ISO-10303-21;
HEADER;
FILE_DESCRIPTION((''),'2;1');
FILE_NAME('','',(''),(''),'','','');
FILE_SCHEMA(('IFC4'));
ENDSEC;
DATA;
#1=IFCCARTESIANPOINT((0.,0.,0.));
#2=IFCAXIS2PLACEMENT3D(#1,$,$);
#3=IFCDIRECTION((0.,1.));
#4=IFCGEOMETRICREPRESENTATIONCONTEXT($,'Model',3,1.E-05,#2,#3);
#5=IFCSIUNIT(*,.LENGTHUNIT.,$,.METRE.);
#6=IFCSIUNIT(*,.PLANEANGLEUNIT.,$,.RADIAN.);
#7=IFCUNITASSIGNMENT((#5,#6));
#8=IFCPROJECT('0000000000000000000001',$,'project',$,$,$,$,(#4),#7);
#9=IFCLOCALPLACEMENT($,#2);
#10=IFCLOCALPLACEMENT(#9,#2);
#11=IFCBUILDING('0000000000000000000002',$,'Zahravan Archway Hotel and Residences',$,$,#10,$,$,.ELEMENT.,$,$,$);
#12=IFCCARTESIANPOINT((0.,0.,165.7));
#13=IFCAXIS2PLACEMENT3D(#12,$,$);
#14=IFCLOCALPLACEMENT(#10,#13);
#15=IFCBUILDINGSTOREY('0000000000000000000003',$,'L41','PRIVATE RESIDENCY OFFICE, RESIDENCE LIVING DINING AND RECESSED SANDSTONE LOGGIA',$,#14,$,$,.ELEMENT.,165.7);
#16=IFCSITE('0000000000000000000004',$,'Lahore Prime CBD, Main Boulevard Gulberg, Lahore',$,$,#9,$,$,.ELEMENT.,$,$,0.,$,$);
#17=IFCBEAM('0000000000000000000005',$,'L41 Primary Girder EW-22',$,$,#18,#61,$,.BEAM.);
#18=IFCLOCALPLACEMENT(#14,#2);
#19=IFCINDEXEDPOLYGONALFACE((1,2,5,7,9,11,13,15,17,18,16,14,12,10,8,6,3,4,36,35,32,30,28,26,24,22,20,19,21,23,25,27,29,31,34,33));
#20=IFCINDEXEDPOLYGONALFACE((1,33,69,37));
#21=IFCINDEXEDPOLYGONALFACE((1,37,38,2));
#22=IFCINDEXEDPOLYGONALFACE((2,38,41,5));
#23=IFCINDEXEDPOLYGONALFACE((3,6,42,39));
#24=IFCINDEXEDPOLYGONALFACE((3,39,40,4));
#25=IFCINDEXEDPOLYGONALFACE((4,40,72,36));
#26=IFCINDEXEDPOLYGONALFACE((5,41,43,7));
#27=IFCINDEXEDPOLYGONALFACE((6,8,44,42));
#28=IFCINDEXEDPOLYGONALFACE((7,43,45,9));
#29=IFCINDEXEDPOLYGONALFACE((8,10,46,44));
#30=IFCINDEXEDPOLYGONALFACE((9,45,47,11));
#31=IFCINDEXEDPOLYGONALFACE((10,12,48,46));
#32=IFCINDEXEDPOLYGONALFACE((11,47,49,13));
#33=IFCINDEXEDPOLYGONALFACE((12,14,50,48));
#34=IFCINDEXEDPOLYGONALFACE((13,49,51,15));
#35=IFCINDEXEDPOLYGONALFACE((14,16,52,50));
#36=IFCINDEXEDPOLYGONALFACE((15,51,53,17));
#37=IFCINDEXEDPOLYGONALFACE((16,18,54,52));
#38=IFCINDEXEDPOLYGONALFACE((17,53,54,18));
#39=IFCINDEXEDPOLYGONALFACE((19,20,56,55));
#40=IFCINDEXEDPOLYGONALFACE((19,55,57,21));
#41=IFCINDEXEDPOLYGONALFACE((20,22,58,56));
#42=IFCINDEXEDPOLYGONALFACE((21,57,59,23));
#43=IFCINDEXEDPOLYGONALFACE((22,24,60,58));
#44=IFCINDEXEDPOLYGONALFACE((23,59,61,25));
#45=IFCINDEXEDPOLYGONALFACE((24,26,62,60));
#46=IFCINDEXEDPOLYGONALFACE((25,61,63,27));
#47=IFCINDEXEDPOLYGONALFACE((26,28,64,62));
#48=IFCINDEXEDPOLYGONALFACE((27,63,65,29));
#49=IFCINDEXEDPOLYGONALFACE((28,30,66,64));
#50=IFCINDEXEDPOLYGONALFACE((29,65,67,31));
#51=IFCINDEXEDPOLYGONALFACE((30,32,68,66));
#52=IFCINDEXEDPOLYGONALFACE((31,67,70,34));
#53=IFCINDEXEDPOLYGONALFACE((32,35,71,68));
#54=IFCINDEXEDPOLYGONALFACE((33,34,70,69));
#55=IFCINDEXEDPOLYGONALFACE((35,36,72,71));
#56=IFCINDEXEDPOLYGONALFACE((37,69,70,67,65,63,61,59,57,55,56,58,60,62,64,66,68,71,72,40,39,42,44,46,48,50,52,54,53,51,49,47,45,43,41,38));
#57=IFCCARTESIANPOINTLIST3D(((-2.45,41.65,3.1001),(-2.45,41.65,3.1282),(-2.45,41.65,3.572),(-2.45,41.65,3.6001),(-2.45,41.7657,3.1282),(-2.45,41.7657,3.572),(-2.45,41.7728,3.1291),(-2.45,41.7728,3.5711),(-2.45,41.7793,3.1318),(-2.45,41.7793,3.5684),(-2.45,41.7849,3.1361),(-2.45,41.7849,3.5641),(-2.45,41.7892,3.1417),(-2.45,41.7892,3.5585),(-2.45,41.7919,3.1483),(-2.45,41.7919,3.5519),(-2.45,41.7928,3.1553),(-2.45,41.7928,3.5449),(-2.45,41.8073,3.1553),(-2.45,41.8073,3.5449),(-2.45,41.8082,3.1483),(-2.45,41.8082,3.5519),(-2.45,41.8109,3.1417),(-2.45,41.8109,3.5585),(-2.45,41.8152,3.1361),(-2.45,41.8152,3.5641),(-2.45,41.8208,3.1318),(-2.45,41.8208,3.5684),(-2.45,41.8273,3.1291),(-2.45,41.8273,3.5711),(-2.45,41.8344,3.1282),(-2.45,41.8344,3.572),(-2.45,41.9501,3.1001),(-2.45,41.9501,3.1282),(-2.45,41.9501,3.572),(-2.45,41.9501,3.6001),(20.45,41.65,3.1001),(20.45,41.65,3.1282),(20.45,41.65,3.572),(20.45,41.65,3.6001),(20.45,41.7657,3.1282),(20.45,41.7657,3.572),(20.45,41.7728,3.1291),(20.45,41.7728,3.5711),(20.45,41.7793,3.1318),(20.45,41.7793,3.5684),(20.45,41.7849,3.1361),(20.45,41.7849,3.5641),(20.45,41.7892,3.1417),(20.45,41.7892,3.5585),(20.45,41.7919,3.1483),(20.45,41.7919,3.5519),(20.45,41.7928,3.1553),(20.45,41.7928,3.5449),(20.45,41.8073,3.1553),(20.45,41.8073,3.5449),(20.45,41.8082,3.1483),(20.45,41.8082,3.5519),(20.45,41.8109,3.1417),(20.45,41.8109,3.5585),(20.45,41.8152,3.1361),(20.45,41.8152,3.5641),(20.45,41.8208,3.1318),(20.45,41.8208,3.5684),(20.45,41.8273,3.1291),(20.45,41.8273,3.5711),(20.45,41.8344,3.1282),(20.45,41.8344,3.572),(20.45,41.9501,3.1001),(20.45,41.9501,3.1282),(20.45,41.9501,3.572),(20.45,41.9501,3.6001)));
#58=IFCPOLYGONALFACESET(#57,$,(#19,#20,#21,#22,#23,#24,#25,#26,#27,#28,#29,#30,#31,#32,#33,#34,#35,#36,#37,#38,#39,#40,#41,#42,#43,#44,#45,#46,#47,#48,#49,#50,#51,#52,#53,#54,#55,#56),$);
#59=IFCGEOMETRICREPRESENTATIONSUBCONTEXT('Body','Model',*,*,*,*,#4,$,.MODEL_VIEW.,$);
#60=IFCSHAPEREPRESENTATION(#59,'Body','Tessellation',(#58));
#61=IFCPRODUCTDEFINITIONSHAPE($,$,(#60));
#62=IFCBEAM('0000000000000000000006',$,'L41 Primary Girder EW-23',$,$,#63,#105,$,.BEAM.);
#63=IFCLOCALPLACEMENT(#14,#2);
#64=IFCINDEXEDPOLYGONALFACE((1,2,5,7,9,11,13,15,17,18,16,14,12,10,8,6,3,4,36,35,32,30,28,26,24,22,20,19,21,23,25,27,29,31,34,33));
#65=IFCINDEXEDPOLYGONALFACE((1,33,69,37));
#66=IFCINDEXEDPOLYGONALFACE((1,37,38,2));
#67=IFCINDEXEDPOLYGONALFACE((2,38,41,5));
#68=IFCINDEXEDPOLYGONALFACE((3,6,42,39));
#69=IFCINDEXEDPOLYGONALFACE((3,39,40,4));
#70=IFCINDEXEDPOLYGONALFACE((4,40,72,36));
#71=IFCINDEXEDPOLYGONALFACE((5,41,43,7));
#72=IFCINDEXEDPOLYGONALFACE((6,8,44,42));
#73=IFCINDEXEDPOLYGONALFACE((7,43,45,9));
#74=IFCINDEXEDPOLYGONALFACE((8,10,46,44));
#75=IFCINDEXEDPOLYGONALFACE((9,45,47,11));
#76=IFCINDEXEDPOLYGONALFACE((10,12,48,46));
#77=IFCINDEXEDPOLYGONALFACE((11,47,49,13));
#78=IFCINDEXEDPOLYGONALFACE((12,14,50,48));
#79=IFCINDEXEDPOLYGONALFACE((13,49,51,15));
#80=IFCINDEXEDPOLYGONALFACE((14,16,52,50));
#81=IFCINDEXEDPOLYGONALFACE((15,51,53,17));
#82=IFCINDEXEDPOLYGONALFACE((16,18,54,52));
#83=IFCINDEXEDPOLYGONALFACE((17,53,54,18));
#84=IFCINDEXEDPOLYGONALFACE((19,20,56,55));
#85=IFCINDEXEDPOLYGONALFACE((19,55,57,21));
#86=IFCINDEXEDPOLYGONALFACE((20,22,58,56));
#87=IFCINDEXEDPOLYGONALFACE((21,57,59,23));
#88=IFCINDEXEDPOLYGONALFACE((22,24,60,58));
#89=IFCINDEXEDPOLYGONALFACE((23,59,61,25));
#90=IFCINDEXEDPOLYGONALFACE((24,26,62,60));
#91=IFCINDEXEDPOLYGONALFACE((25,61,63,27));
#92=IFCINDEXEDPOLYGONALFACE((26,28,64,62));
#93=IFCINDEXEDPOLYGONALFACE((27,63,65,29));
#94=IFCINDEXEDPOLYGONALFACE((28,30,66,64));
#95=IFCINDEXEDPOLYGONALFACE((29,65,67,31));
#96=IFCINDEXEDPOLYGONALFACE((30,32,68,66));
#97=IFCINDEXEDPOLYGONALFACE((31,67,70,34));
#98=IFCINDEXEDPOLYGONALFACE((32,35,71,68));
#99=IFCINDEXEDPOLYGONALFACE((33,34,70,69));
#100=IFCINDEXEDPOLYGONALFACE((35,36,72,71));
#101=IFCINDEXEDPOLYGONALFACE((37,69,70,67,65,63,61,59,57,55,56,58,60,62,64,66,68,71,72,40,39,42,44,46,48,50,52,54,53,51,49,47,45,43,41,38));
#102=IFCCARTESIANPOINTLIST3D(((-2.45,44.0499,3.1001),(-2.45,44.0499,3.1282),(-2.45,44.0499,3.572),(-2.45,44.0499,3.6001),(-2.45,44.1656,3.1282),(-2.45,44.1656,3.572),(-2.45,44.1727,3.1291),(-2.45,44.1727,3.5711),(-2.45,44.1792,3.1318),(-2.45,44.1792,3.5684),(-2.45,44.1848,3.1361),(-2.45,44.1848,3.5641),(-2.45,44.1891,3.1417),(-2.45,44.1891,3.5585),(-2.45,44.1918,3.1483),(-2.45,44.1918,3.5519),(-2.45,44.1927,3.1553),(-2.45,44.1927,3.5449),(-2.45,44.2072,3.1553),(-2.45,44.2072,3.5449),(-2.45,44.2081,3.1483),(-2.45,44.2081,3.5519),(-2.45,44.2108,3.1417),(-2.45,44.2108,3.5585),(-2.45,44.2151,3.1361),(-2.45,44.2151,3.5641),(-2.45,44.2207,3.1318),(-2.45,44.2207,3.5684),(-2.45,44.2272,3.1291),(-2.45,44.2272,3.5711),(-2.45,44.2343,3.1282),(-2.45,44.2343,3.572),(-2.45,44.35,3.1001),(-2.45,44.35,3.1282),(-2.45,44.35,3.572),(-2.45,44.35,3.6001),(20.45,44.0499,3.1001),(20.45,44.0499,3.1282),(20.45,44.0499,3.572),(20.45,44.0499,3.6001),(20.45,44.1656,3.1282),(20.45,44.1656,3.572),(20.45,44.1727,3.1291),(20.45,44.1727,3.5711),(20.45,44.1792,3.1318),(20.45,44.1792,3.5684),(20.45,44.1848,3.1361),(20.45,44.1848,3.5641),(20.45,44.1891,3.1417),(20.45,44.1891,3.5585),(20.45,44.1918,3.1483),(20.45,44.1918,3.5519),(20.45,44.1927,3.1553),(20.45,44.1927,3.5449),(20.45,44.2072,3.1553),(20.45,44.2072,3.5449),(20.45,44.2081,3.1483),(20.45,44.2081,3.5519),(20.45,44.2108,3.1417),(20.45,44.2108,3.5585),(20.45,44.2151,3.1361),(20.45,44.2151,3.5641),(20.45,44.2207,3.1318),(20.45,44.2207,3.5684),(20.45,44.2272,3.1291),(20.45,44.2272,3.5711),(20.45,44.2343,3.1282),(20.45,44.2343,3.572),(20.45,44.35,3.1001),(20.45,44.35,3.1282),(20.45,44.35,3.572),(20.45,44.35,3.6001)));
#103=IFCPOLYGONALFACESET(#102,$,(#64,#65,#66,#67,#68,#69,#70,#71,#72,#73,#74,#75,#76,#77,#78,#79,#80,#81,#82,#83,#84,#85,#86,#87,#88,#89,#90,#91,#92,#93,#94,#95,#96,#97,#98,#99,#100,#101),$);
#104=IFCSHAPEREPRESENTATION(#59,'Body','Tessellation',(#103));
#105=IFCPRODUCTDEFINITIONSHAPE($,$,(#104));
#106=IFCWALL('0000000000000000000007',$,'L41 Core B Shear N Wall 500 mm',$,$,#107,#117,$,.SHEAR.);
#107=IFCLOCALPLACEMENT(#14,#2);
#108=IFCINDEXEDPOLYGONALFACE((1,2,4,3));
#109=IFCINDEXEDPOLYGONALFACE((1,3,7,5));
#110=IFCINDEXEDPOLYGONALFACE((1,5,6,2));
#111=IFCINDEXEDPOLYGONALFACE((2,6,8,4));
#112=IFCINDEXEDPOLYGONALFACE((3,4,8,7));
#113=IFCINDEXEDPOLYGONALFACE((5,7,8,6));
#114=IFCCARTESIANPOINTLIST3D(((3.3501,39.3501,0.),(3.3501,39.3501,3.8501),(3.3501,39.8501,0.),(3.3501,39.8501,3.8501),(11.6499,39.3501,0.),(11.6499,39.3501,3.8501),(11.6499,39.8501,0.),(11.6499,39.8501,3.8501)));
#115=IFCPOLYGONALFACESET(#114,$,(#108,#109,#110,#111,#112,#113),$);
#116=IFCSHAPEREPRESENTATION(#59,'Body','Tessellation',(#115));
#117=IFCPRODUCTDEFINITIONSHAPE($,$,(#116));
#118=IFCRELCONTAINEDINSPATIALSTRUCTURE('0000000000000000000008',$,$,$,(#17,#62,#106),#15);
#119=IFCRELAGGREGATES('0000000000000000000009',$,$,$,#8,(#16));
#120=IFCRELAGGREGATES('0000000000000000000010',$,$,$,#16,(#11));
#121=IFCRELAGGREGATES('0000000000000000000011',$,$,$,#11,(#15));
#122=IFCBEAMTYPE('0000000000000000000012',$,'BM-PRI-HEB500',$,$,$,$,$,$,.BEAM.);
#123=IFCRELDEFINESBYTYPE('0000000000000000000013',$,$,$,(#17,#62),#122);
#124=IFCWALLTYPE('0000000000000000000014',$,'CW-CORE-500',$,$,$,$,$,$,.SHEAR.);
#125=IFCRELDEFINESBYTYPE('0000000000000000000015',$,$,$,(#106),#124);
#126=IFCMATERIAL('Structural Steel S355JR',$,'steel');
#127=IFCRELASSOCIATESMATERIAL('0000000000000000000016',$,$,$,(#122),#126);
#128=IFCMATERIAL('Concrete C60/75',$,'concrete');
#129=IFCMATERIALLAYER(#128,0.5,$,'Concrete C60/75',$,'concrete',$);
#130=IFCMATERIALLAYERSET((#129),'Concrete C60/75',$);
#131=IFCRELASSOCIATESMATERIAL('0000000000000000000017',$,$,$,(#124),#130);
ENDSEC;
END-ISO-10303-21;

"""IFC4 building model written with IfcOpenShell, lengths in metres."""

from ifc_helpers import new_model, si_unit, direction, frame, frame_2d, origin, origin_2d, place, context, subcontext, project, spatial, rectangle, i_section, extrude, source, transform, mapped, material, layer, layer_set, material_profile, profile_set, type_object, element, save


model = new_model("IFC4")

# Units and contexts
model_context = context("Model", 3, precision=1e-05, world=origin(), true_north=direction((0.0, 1.0)))
body_context = subcontext(model_context, "Body", "Model", "MODEL_VIEW")
ifc_project = project(units=[si_unit("LENGTHUNIT", "METRE"), si_unit("PLANEANGLEUNIT", "RADIAN")], contexts=[model_context])

# Site, building, storey
site_placement = place(None, origin())
site = spatial("IfcSite", under=ifc_project, at=site_placement, Name="Lahore Prime CBD, Main Boulevard Gulberg, Lahore", CompositionType="ELEMENT", RefElevation=0.0)
building_placement = place(site_placement, origin())
building = spatial("IfcBuilding", under=site, at=building_placement, Name="Zahravan Archway Hotel and Residences", CompositionType="ELEMENT")
storey_placement = place(building_placement, frame((0.0, 0.0, 165.7)))
storey = spatial("IfcBuildingStorey", under=building, at=storey_placement, Name="L41", Description="PRIVATE RESIDENCY OFFICE, RESIDENCE LIVING DINING AND RECESSED SANDSTONE LOGGIA", CompositionType="ELEMENT", Elevation=165.7)

# Shared definitions
ifc_material_1 = material(Name="Concrete C60/75", Category="concrete")

# Beams
ifc_material_2 = material(Name="Structural Steel S355JR", Category="steel")
ifc_material_profile_1 = material_profile(ifc_material_2, i_section(OverallWidth=0.3, OverallDepth=0.5, WebThickness=0.0144, FlangeThickness=0.0281, FilletRadius=0.0271, at=origin_2d()), Name="HEB 500", Category="steel")
ifc_profile_set_1 = profile_set([ifc_material_profile_1], Name="Structural Steel S355JR")
beam_type_1 = type_object("IfcBeamType", Name="BM-PRI-HEB500", PredefinedType="BEAM", material=ifc_profile_set_1)
shared_shape_1 = source(origin(), body_context, "Body", "SweptSolid", [
    extrude(i_section(OverallWidth=0.3, OverallDepth=0.5, WebThickness=0.0144, FlangeThickness=0.0281, FilletRadius=0.0271, at=origin_2d()), origin(), (0.0, 0.0, 1.0), 22.8999),
])
for number, where, z_axis, x_axis, name in (
    (1, (-2.45, 41.8, 3.3501), (1.0, 0.0, 0.0), (0.0, 1.0, 0.0), "L41 Primary Girder EW-22"),
    (2, (-2.45, 44.2, 3.3501), (1.0, 0.0, 0.0), (0.0, 1.0, 0.0), "L41 Primary Girder EW-23"),
):
    element("IfcBeam", number, at=place(storey_placement, frame(where, z_axis=z_axis, x_axis=x_axis)), inside=storey, type_object=beam_type_1, Name=name, PredefinedType="BEAM", context=body_context, shape_type="MappedRepresentation", body=[
        mapped(shared_shape_1, transform((0.0, 0.0, 0.0), scale=1.0)),
    ])

# Wall
ifc_layer_1 = layer(ifc_material_1, 0.5, Name="Concrete C60/75", Category="concrete")
ifc_layer_set_1 = layer_set([ifc_layer_1], Name="Concrete C60/75")
wall_type_1 = type_object("IfcWallType", Name="CW-CORE-500", PredefinedType="SHEAR", material=ifc_layer_set_1)
wall_1_placement = place(storey_placement, frame((3.3501, 39.6001, 0.0), z_axis=(0.0, 0.0, 1.0), x_axis=(1.0, 0.0, 0.0)))
element("IfcWall", 3, at=wall_1_placement, inside=storey, type_object=wall_type_1, Name="L41 Core B Shear N Wall 500 mm", PredefinedType="SHEAR", context=body_context, shape_type="SweptSolid", body=[
    extrude(rectangle(XDim=8.2998, YDim=0.5, at=frame_2d((4.1499, 0.0))), origin(), (0.0, 0.0, 1.0), 3.8501),
])

save(model, "model.ifc")
